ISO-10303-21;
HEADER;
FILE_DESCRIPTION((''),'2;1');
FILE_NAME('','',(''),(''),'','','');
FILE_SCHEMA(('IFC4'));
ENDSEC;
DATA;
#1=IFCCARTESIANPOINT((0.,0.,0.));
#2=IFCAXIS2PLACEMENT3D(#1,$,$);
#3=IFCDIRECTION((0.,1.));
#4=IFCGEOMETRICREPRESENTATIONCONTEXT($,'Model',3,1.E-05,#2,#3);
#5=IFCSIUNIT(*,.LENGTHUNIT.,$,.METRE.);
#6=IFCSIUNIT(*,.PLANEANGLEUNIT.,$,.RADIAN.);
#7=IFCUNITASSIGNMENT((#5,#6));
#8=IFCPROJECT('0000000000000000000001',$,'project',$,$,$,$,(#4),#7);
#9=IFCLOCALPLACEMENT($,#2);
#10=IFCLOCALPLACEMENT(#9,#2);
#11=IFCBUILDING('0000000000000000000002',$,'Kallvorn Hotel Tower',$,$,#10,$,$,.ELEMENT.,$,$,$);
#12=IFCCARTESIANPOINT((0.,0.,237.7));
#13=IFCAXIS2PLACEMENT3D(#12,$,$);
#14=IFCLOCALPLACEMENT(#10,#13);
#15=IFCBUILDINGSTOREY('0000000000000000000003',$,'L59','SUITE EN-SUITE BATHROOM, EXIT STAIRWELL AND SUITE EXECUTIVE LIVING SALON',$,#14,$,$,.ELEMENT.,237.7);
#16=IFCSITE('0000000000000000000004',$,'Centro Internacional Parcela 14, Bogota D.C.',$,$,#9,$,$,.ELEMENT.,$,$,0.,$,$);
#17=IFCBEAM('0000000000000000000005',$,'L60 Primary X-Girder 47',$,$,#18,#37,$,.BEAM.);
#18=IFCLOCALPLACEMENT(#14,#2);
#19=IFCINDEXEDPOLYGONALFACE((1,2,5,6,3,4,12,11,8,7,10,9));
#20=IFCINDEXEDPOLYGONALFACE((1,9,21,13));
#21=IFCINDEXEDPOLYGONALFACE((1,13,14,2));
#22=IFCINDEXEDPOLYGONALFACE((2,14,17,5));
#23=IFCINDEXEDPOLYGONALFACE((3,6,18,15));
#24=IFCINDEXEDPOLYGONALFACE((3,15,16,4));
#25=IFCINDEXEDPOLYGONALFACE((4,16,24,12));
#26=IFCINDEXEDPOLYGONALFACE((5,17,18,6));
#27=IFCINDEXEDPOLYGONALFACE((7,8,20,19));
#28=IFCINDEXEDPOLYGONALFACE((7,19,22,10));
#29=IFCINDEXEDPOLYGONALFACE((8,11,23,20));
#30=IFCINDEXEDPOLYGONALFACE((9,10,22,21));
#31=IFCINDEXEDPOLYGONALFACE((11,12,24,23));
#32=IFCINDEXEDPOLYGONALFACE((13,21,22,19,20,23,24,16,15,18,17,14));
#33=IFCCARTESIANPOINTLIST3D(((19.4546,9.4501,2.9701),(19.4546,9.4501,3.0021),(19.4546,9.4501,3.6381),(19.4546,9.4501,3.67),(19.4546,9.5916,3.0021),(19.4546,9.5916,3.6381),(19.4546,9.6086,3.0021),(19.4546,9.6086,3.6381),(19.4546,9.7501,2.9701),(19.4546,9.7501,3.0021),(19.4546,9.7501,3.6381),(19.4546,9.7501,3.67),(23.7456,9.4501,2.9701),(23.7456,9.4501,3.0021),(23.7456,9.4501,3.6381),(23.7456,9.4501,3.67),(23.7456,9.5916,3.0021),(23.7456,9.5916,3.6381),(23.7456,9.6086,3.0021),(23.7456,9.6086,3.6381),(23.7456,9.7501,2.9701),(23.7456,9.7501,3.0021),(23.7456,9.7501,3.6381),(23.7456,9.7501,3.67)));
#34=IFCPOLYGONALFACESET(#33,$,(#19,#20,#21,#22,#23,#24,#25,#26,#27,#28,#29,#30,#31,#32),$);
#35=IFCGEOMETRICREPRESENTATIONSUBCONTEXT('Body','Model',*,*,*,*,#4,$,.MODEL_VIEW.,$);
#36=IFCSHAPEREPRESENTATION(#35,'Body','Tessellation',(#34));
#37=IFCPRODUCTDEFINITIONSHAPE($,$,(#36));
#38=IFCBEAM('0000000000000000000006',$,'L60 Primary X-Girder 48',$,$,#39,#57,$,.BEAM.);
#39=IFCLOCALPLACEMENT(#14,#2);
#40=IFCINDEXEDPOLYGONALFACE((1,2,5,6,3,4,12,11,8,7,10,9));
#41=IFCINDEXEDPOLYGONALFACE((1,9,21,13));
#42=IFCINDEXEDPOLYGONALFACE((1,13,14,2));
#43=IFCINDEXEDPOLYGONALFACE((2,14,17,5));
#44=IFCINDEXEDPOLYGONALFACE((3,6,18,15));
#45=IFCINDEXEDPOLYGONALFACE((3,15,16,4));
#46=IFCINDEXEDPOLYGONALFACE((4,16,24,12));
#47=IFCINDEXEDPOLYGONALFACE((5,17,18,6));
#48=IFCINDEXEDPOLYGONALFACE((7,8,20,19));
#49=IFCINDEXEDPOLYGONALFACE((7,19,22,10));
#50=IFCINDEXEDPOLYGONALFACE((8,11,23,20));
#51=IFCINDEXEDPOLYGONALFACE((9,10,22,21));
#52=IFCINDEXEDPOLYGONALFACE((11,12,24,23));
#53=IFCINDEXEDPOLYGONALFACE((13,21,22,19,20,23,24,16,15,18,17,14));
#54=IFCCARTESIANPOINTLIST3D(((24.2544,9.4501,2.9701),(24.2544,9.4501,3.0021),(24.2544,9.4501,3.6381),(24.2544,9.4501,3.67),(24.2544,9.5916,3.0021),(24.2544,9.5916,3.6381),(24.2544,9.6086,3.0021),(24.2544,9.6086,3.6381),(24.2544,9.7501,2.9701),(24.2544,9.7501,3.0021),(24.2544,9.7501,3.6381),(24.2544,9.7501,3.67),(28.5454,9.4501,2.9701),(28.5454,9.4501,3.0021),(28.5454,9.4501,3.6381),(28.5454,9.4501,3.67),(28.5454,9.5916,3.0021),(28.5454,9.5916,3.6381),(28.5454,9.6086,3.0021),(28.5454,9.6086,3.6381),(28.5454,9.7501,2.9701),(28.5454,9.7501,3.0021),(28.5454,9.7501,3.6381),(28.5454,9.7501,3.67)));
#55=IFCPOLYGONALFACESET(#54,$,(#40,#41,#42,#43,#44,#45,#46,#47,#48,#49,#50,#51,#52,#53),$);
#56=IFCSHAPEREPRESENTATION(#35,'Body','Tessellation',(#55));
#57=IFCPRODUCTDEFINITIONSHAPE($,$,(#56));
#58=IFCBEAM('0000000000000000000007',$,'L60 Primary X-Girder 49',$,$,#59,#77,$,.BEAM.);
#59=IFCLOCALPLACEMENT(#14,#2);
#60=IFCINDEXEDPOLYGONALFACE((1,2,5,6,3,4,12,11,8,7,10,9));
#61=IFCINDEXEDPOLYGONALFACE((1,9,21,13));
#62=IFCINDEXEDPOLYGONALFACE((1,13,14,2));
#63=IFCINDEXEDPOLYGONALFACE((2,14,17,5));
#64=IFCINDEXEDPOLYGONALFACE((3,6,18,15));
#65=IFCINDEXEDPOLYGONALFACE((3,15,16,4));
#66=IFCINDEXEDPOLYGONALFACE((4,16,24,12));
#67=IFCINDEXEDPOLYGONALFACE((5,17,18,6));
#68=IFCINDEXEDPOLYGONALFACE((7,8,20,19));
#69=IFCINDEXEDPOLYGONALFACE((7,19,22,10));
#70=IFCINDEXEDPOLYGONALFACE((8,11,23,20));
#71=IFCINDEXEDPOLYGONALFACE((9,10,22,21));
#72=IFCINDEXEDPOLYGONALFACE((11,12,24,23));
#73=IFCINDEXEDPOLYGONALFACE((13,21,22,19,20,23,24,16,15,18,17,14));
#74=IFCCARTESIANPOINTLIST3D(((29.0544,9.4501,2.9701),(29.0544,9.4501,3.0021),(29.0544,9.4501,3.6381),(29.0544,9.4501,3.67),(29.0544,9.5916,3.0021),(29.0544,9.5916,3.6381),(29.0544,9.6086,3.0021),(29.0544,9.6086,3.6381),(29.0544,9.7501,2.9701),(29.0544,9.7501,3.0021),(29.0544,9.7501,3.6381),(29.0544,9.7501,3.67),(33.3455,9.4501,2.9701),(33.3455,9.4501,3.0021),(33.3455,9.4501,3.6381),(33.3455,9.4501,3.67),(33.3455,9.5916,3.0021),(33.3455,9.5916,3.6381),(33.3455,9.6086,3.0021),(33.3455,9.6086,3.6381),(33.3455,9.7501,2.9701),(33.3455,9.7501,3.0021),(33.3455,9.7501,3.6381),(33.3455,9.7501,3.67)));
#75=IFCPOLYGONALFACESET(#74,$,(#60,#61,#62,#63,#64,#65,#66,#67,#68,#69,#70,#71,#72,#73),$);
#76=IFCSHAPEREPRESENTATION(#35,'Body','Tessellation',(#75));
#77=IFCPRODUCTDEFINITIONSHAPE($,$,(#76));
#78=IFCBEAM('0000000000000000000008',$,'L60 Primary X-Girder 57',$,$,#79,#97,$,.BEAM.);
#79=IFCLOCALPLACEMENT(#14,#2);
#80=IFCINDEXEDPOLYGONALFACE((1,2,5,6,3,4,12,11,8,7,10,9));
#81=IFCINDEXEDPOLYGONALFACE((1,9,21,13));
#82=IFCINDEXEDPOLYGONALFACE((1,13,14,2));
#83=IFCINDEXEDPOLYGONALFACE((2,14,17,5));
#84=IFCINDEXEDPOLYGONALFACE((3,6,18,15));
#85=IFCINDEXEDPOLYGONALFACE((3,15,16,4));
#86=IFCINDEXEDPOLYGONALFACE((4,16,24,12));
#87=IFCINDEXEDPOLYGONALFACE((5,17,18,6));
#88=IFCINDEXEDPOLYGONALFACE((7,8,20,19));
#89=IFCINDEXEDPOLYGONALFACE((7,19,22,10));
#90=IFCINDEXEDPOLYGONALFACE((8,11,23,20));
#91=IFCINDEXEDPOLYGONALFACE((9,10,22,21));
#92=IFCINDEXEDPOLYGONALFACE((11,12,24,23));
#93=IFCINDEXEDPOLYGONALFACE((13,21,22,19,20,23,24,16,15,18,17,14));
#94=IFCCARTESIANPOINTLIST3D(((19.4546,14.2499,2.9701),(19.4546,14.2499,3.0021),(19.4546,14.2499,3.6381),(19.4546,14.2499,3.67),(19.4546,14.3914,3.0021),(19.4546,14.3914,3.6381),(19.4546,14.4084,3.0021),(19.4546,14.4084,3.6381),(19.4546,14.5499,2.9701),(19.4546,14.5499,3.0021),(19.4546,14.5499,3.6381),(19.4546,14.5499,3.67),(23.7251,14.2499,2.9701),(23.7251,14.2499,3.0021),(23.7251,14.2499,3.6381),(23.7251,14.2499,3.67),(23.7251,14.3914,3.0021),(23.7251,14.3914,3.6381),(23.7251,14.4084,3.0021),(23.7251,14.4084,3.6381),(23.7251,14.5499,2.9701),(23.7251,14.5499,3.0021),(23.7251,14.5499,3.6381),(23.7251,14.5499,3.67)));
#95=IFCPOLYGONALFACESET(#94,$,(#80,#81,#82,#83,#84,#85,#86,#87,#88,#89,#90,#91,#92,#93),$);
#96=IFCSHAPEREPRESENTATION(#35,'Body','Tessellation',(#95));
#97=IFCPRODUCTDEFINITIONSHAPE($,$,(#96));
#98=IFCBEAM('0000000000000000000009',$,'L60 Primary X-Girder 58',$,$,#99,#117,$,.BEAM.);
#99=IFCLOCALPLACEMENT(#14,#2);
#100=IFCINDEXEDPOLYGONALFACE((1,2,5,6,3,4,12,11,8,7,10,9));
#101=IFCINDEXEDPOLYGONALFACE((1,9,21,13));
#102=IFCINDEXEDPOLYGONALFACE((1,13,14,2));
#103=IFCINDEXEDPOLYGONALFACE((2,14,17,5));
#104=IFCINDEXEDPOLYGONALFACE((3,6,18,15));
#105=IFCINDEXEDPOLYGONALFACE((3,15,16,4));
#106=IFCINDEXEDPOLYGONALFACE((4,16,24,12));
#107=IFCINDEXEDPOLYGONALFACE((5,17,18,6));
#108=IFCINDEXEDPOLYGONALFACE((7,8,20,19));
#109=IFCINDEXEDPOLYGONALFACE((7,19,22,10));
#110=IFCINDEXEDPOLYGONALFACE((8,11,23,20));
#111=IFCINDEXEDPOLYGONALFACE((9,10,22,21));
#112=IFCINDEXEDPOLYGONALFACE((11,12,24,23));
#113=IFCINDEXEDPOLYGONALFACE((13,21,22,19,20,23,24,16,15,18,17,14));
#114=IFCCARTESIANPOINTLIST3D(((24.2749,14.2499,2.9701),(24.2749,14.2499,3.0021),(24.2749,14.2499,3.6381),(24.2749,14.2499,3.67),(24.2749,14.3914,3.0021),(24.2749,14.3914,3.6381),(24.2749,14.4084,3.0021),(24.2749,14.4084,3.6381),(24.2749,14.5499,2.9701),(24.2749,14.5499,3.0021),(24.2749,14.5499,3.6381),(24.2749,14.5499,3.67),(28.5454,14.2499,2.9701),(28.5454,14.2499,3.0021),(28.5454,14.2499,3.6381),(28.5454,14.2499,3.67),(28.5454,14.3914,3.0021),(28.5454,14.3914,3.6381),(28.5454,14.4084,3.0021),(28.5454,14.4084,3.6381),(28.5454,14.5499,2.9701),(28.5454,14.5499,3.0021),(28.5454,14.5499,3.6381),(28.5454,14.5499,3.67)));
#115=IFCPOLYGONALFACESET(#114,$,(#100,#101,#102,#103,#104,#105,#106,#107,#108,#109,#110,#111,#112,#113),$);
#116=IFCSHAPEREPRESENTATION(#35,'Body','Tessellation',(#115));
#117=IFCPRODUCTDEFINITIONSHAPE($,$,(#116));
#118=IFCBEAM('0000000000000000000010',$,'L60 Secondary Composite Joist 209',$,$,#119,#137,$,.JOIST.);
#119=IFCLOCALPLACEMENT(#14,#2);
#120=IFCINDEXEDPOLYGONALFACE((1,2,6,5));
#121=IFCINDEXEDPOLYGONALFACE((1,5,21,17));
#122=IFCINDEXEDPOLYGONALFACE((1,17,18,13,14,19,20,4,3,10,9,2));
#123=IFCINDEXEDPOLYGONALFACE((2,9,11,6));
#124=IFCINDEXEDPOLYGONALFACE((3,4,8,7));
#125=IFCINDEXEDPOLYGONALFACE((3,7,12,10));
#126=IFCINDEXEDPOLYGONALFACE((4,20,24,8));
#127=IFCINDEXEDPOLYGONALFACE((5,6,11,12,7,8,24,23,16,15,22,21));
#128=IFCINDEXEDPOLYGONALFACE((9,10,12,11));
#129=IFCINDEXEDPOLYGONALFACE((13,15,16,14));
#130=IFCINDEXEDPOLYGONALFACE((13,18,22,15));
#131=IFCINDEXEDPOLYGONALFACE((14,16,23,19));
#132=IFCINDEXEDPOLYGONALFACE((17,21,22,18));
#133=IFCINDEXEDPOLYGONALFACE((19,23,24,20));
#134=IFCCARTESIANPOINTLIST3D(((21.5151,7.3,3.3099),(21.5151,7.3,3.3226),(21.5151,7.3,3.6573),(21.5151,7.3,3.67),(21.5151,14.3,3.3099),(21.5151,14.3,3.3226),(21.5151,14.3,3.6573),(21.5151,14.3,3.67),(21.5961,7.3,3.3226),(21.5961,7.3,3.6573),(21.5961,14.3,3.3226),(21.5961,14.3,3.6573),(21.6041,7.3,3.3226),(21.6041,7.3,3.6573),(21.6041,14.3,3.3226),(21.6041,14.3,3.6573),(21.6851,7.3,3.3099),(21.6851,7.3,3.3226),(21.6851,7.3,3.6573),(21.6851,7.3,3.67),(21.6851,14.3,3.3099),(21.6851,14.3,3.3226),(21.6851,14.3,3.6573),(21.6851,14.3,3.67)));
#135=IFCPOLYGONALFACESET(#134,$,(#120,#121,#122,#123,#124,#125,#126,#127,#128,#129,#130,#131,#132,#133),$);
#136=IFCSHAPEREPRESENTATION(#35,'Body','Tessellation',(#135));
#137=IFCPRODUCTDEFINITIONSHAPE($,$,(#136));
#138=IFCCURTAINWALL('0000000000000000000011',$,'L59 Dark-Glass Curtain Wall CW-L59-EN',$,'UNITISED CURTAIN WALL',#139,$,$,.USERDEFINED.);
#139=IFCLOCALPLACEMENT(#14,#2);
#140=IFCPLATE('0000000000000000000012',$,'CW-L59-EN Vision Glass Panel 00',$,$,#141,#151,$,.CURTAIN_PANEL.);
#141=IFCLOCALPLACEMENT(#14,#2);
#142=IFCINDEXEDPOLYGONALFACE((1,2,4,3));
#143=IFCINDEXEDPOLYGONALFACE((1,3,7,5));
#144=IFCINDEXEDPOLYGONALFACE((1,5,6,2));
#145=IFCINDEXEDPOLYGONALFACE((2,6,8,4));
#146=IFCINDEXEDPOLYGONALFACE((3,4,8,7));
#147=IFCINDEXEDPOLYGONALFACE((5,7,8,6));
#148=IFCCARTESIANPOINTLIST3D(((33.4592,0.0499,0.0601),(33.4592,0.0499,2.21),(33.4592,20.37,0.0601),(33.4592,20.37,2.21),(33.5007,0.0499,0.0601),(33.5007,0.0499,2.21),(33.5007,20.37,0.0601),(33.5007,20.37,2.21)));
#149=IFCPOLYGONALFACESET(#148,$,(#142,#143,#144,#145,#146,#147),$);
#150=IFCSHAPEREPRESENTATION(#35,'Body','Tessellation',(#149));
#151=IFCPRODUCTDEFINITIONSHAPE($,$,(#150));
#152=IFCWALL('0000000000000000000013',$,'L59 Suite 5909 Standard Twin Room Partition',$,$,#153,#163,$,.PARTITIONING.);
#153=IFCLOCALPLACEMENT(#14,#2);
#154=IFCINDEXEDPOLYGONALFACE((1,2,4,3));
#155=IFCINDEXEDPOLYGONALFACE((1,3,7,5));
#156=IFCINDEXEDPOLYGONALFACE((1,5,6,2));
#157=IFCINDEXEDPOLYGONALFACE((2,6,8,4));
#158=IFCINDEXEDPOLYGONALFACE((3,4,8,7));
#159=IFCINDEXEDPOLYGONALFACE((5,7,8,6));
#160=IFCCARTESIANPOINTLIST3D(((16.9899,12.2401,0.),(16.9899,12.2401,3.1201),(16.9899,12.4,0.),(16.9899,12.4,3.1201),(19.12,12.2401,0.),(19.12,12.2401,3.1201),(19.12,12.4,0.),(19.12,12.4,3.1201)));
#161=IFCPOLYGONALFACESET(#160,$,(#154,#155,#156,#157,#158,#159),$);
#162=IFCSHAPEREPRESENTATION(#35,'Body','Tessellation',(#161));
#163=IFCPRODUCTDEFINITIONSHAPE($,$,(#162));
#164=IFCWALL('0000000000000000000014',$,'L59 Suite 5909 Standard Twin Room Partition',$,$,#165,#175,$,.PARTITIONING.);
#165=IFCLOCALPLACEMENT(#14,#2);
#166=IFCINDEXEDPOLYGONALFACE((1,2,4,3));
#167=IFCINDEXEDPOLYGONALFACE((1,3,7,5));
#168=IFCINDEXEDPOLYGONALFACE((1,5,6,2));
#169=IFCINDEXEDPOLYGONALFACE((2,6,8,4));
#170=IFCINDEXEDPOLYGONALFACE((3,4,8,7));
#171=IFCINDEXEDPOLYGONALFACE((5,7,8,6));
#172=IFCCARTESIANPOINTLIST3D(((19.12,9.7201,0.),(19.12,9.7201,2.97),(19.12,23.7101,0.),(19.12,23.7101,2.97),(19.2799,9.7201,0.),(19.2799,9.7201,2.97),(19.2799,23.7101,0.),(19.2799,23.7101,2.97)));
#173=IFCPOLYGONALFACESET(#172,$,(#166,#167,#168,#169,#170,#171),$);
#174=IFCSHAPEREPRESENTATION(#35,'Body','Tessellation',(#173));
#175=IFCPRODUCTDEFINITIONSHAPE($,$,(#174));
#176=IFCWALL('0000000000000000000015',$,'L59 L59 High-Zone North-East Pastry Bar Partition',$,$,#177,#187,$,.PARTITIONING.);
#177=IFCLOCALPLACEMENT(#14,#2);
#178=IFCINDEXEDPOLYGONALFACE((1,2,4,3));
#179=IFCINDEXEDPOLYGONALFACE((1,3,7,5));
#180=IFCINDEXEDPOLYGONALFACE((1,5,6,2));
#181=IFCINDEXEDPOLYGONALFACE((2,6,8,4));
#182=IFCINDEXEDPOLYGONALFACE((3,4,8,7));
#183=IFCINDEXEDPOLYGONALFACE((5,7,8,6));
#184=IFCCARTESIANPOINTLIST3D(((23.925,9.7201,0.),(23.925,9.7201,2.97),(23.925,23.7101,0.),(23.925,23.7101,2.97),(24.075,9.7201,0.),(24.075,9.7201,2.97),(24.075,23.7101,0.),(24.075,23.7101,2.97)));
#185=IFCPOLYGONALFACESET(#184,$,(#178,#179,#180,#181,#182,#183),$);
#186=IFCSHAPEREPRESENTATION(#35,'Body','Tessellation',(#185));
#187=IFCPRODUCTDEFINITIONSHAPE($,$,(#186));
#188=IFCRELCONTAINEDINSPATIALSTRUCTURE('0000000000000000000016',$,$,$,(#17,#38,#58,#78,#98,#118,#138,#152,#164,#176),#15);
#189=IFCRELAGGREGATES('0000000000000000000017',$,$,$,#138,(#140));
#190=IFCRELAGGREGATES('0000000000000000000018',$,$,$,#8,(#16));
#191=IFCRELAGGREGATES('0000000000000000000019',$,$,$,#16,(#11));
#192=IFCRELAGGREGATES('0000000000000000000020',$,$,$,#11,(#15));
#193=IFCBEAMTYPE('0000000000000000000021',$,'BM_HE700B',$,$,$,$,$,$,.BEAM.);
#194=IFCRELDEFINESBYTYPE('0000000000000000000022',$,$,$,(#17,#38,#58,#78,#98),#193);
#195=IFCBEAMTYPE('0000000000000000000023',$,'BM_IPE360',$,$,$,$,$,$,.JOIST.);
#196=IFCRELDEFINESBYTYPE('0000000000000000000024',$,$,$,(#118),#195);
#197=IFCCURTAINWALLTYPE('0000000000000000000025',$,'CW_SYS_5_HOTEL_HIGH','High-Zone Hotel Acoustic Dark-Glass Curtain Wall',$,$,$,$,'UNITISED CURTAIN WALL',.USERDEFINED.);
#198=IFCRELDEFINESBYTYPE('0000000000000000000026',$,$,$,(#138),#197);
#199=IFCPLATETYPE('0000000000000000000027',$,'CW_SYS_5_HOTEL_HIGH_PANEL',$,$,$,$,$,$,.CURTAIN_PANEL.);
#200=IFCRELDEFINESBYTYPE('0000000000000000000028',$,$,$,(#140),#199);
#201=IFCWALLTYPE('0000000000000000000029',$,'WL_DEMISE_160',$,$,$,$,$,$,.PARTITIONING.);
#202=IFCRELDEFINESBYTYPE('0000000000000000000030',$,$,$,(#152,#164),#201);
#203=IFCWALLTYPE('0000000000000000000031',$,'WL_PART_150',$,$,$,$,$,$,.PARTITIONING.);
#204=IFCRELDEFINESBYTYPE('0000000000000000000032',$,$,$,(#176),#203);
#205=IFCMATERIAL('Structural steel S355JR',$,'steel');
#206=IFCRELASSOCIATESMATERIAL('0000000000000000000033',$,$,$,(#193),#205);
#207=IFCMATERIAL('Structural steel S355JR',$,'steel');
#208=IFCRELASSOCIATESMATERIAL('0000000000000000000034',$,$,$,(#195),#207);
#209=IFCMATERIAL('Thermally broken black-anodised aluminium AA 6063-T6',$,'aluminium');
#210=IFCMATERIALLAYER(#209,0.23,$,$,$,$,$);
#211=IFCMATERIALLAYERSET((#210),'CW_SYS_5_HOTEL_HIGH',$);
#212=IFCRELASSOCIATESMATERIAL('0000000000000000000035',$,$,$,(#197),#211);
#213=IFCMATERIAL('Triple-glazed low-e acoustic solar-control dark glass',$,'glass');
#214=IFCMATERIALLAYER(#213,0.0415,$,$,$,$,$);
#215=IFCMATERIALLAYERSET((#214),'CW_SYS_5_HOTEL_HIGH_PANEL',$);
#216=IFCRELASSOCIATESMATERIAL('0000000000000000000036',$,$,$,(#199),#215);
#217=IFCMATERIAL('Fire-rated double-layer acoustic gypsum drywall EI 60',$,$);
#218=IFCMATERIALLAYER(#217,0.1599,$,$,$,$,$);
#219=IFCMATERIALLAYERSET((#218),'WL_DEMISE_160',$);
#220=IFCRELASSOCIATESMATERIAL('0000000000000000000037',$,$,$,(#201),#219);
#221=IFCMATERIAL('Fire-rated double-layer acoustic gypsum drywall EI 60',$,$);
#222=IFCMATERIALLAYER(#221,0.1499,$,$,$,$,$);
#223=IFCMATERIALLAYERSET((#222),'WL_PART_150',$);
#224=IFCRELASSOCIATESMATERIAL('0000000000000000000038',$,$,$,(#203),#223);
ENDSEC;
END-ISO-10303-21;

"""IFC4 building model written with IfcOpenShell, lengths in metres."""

from ifc_helpers import new_model, si_unit, direction, frame, frame_2d, origin, origin_2d, place, context, subcontext, project, spatial, rectangle, i_section, extrude, material, layer, layer_set, material_profile, profile_set, type_object, element, aggregate, save


model = new_model("IFC4")

# Units and contexts
model_context = context("Model", 3, precision=1e-05, world=origin(), true_north=direction((0.0, 1.0)))
body_context = subcontext(model_context, "Body", "Model", "MODEL_VIEW")
ifc_project = project(units=[si_unit("LENGTHUNIT", "METRE"), si_unit("PLANEANGLEUNIT", "RADIAN")], contexts=[model_context])

# Site, building, storey
site_placement = place(None, origin())
site = spatial("IfcSite", under=ifc_project, at=site_placement, Name="Centro Internacional Parcela 14, Bogota D.C.", CompositionType="ELEMENT", RefElevation=0.0)
building_placement = place(site_placement, origin())
building = spatial("IfcBuilding", under=site, at=building_placement, Name="Kallvorn Hotel Tower", CompositionType="ELEMENT")
storey_placement = place(building_placement, frame((0.0, 0.0, 237.7)))
storey = spatial("IfcBuildingStorey", under=building, at=storey_placement, Name="L59", Description="SUITE EN-SUITE BATHROOM, EXIT STAIRWELL AND SUITE EXECUTIVE LIVING SALON", CompositionType="ELEMENT", Elevation=237.7)

# Beams
ifc_material_1 = material(Name="Structural steel S355JR", Category="steel")
ifc_material_profile_1 = material_profile(ifc_material_1, i_section(OverallWidth=0.3, OverallDepth=0.7, WebThickness=0.0171, FlangeThickness=0.032, at=origin_2d()), Name="HE 700 B")
ifc_profile_set_1 = profile_set([ifc_material_profile_1], Name="Structural steel S355JR")
beam_type_1 = type_object("IfcBeamType", Name="BM_HE700B", PredefinedType="BEAM", material=ifc_profile_set_1)
for number, where, z_axis, x_axis, name in (
    (1, (19.4546, 9.6001, 3.3201), (1.0, 0.0, 0.0), (0.0, 1.0, 0.0), "L60 Primary X-Girder 47"),
    (2, (24.2544, 9.6001, 3.3201), (1.0, 0.0, 0.0), (0.0, 1.0, 0.0), "L60 Primary X-Girder 48"),
    (3, (29.0544, 9.6001, 3.3201), (1.0, 0.0, 0.0), (0.0, 1.0, 0.0), "L60 Primary X-Girder 49"),
):
    element("IfcBeam", number, at=place(storey_placement, frame(where, z_axis=z_axis, x_axis=x_axis)), inside=storey, type_object=beam_type_1, Name=name, PredefinedType="BEAM", context=body_context, shape_type="SweptSolid", body=[
        extrude(i_section(OverallWidth=0.3, OverallDepth=0.7, WebThickness=0.0171, FlangeThickness=0.032, at=origin_2d()), origin(), (0.0, 0.0, 1.0), 4.291),
    ])
for number, where, z_axis, x_axis, name in (
    (4, (19.4546, 14.3999, 3.3201), (1.0, 0.0, 0.0), (0.0, 1.0, 0.0), "L60 Primary X-Girder 57"),
    (5, (24.2749, 14.3999, 3.3201), (1.0, 0.0, 0.0), (0.0, 1.0, 0.0), "L60 Primary X-Girder 58"),
):
    element("IfcBeam", number, at=place(storey_placement, frame(where, z_axis=z_axis, x_axis=x_axis)), inside=storey, type_object=beam_type_1, Name=name, PredefinedType="BEAM", context=body_context, shape_type="SweptSolid", body=[
        extrude(i_section(OverallWidth=0.3, OverallDepth=0.7, WebThickness=0.0171, FlangeThickness=0.032, at=origin_2d()), origin(), (0.0, 0.0, 1.0), 4.2705),
    ])
ifc_material_2 = material(Name="Structural steel S355JR", Category="steel")
ifc_material_profile_2 = material_profile(ifc_material_2, i_section(OverallWidth=0.1699, OverallDepth=0.3601, WebThickness=0.0081, FlangeThickness=0.0127, at=origin_2d()), Name="IPE 360")
ifc_profile_set_2 = profile_set([ifc_material_profile_2], Name="Structural steel S355JR")
beam_type_2 = type_object("IfcBeamType", Name="BM_IPE360", PredefinedType="JOIST", material=ifc_profile_set_2)
beam_1_placement = place(storey_placement, frame((21.6001, 7.3, 3.49), z_axis=(0.0, 1.0, 0.0), x_axis=(-1.0, 0.0, 0.0)))
element("IfcBeam", 6, at=beam_1_placement, inside=storey, type_object=beam_type_2, Name="L60 Secondary Composite Joist 209", PredefinedType="JOIST", context=body_context, shape_type="SweptSolid", body=[
    extrude(i_section(OverallWidth=0.1699, OverallDepth=0.3601, WebThickness=0.0081, FlangeThickness=0.0127, at=origin_2d()), origin(), (0.0, 0.0, 1.0), 7.0),
])

# Curtain wall, plate
ifc_material_3 = material(Name="Thermally broken black-anodised aluminium AA 6063-T6", Category="aluminium")
ifc_layer_1 = layer(ifc_material_3, 0.23)
ifc_layer_set_1 = layer_set([ifc_layer_1], Name="CW_SYS_5_HOTEL_HIGH")
curtain_wall_type = type_object("IfcCurtainWallType", Name="CW_SYS_5_HOTEL_HIGH", Description="High-Zone Hotel Acoustic Dark-Glass Curtain Wall", ElementType="UNITISED CURTAIN WALL", PredefinedType="USERDEFINED", material=ifc_layer_set_1)
curtain_wall_placement = place(storey_placement, origin())
curtain_wall = element("IfcCurtainWall", 7, at=curtain_wall_placement, inside=storey, type_object=curtain_wall_type, Name="L59 Dark-Glass Curtain Wall CW-L59-EN", ObjectType="UNITISED CURTAIN WALL", PredefinedType="USERDEFINED")
ifc_material_4 = material(Name="Triple-glazed low-e acoustic solar-control dark glass", Category="glass")
ifc_layer_2 = layer(ifc_material_4, 0.0415)
ifc_layer_set_2 = layer_set([ifc_layer_2], Name="CW_SYS_5_HOTEL_HIGH_PANEL")
plate_type = type_object("IfcPlateType", Name="CW_SYS_5_HOTEL_HIGH_PANEL", PredefinedType="CURTAIN_PANEL", material=ifc_layer_set_2)
plate_placement = place(storey_placement, frame((33.48, 10.21, 0.0601), z_axis=(0.0, 0.0, 1.0), x_axis=(0.0, 1.0, 0.0)))
plate = element("IfcPlate", 8, at=plate_placement, type_object=plate_type, Name="CW-L59-EN Vision Glass Panel 00", PredefinedType="CURTAIN_PANEL", context=body_context, shape_type="SweptSolid", body=[
    extrude(rectangle(XDim=20.3201, YDim=0.0415, at=origin_2d()), origin(), (0.0, 0.0, 1.0), 2.1499),
])
aggregate(curtain_wall, [plate])

# Walls
ifc_material_5 = material(Name="Fire-rated double-layer acoustic gypsum drywall EI 60")
ifc_layer_3 = layer(ifc_material_5, 0.1599)
ifc_layer_set_3 = layer_set([ifc_layer_3], Name="WL_DEMISE_160")
wall_type_1 = type_object("IfcWallType", Name="WL_DEMISE_160", PredefinedType="PARTITIONING", material=ifc_layer_set_3)
wall_1_placement = place(storey_placement, frame((16.99, 12.3201, 0.0), z_axis=(0.0, 0.0, 1.0), x_axis=(1.0, 0.0, 0.0)))
element("IfcWall", 9, at=wall_1_placement, inside=storey, type_object=wall_type_1, Name="L59 Suite 5909 Standard Twin Room Partition", PredefinedType="PARTITIONING", context=body_context, shape_type="SweptSolid", body=[
    extrude(rectangle(XDim=2.1301, YDim=0.1599, at=frame_2d((1.0649, 0.0))), origin(), (0.0, 0.0, 1.0), 3.1201),
])
wall_2_placement = place(storey_placement, frame((19.2, 9.72, 0.0), z_axis=(0.0, 0.0, 1.0), x_axis=(0.0, 1.0, 0.0)))
element("IfcWall", 10, at=wall_2_placement, inside=storey, type_object=wall_type_1, Name="L59 Suite 5909 Standard Twin Room Partition", PredefinedType="PARTITIONING", context=body_context, shape_type="SweptSolid", body=[
    extrude(rectangle(XDim=13.99, YDim=0.1599, at=frame_2d((6.9951, 0.0))), origin(), (0.0, 0.0, 1.0), 2.97),
])
ifc_material_6 = material(Name="Fire-rated double-layer acoustic gypsum drywall EI 60")
ifc_layer_4 = layer(ifc_material_6, 0.1499)
ifc_layer_set_4 = layer_set([ifc_layer_4], Name="WL_PART_150")
wall_type_2 = type_object("IfcWallType", Name="WL_PART_150", PredefinedType="PARTITIONING", material=ifc_layer_set_4)
wall_3_placement = place(storey_placement, frame((24.0, 9.72, 0.0), z_axis=(0.0, 0.0, 1.0), x_axis=(0.0, 1.0, 0.0)))
element("IfcWall", 11, at=wall_3_placement, inside=storey, type_object=wall_type_2, Name="L59 L59 High-Zone North-East Pastry Bar Partition", PredefinedType="PARTITIONING", context=body_context, shape_type="SweptSolid", body=[
    extrude(rectangle(XDim=13.99, YDim=0.1499, at=frame_2d((6.9951, 0.0))), origin(), (0.0, 0.0, 1.0), 2.97),
])

save(model, "model.ifc")
